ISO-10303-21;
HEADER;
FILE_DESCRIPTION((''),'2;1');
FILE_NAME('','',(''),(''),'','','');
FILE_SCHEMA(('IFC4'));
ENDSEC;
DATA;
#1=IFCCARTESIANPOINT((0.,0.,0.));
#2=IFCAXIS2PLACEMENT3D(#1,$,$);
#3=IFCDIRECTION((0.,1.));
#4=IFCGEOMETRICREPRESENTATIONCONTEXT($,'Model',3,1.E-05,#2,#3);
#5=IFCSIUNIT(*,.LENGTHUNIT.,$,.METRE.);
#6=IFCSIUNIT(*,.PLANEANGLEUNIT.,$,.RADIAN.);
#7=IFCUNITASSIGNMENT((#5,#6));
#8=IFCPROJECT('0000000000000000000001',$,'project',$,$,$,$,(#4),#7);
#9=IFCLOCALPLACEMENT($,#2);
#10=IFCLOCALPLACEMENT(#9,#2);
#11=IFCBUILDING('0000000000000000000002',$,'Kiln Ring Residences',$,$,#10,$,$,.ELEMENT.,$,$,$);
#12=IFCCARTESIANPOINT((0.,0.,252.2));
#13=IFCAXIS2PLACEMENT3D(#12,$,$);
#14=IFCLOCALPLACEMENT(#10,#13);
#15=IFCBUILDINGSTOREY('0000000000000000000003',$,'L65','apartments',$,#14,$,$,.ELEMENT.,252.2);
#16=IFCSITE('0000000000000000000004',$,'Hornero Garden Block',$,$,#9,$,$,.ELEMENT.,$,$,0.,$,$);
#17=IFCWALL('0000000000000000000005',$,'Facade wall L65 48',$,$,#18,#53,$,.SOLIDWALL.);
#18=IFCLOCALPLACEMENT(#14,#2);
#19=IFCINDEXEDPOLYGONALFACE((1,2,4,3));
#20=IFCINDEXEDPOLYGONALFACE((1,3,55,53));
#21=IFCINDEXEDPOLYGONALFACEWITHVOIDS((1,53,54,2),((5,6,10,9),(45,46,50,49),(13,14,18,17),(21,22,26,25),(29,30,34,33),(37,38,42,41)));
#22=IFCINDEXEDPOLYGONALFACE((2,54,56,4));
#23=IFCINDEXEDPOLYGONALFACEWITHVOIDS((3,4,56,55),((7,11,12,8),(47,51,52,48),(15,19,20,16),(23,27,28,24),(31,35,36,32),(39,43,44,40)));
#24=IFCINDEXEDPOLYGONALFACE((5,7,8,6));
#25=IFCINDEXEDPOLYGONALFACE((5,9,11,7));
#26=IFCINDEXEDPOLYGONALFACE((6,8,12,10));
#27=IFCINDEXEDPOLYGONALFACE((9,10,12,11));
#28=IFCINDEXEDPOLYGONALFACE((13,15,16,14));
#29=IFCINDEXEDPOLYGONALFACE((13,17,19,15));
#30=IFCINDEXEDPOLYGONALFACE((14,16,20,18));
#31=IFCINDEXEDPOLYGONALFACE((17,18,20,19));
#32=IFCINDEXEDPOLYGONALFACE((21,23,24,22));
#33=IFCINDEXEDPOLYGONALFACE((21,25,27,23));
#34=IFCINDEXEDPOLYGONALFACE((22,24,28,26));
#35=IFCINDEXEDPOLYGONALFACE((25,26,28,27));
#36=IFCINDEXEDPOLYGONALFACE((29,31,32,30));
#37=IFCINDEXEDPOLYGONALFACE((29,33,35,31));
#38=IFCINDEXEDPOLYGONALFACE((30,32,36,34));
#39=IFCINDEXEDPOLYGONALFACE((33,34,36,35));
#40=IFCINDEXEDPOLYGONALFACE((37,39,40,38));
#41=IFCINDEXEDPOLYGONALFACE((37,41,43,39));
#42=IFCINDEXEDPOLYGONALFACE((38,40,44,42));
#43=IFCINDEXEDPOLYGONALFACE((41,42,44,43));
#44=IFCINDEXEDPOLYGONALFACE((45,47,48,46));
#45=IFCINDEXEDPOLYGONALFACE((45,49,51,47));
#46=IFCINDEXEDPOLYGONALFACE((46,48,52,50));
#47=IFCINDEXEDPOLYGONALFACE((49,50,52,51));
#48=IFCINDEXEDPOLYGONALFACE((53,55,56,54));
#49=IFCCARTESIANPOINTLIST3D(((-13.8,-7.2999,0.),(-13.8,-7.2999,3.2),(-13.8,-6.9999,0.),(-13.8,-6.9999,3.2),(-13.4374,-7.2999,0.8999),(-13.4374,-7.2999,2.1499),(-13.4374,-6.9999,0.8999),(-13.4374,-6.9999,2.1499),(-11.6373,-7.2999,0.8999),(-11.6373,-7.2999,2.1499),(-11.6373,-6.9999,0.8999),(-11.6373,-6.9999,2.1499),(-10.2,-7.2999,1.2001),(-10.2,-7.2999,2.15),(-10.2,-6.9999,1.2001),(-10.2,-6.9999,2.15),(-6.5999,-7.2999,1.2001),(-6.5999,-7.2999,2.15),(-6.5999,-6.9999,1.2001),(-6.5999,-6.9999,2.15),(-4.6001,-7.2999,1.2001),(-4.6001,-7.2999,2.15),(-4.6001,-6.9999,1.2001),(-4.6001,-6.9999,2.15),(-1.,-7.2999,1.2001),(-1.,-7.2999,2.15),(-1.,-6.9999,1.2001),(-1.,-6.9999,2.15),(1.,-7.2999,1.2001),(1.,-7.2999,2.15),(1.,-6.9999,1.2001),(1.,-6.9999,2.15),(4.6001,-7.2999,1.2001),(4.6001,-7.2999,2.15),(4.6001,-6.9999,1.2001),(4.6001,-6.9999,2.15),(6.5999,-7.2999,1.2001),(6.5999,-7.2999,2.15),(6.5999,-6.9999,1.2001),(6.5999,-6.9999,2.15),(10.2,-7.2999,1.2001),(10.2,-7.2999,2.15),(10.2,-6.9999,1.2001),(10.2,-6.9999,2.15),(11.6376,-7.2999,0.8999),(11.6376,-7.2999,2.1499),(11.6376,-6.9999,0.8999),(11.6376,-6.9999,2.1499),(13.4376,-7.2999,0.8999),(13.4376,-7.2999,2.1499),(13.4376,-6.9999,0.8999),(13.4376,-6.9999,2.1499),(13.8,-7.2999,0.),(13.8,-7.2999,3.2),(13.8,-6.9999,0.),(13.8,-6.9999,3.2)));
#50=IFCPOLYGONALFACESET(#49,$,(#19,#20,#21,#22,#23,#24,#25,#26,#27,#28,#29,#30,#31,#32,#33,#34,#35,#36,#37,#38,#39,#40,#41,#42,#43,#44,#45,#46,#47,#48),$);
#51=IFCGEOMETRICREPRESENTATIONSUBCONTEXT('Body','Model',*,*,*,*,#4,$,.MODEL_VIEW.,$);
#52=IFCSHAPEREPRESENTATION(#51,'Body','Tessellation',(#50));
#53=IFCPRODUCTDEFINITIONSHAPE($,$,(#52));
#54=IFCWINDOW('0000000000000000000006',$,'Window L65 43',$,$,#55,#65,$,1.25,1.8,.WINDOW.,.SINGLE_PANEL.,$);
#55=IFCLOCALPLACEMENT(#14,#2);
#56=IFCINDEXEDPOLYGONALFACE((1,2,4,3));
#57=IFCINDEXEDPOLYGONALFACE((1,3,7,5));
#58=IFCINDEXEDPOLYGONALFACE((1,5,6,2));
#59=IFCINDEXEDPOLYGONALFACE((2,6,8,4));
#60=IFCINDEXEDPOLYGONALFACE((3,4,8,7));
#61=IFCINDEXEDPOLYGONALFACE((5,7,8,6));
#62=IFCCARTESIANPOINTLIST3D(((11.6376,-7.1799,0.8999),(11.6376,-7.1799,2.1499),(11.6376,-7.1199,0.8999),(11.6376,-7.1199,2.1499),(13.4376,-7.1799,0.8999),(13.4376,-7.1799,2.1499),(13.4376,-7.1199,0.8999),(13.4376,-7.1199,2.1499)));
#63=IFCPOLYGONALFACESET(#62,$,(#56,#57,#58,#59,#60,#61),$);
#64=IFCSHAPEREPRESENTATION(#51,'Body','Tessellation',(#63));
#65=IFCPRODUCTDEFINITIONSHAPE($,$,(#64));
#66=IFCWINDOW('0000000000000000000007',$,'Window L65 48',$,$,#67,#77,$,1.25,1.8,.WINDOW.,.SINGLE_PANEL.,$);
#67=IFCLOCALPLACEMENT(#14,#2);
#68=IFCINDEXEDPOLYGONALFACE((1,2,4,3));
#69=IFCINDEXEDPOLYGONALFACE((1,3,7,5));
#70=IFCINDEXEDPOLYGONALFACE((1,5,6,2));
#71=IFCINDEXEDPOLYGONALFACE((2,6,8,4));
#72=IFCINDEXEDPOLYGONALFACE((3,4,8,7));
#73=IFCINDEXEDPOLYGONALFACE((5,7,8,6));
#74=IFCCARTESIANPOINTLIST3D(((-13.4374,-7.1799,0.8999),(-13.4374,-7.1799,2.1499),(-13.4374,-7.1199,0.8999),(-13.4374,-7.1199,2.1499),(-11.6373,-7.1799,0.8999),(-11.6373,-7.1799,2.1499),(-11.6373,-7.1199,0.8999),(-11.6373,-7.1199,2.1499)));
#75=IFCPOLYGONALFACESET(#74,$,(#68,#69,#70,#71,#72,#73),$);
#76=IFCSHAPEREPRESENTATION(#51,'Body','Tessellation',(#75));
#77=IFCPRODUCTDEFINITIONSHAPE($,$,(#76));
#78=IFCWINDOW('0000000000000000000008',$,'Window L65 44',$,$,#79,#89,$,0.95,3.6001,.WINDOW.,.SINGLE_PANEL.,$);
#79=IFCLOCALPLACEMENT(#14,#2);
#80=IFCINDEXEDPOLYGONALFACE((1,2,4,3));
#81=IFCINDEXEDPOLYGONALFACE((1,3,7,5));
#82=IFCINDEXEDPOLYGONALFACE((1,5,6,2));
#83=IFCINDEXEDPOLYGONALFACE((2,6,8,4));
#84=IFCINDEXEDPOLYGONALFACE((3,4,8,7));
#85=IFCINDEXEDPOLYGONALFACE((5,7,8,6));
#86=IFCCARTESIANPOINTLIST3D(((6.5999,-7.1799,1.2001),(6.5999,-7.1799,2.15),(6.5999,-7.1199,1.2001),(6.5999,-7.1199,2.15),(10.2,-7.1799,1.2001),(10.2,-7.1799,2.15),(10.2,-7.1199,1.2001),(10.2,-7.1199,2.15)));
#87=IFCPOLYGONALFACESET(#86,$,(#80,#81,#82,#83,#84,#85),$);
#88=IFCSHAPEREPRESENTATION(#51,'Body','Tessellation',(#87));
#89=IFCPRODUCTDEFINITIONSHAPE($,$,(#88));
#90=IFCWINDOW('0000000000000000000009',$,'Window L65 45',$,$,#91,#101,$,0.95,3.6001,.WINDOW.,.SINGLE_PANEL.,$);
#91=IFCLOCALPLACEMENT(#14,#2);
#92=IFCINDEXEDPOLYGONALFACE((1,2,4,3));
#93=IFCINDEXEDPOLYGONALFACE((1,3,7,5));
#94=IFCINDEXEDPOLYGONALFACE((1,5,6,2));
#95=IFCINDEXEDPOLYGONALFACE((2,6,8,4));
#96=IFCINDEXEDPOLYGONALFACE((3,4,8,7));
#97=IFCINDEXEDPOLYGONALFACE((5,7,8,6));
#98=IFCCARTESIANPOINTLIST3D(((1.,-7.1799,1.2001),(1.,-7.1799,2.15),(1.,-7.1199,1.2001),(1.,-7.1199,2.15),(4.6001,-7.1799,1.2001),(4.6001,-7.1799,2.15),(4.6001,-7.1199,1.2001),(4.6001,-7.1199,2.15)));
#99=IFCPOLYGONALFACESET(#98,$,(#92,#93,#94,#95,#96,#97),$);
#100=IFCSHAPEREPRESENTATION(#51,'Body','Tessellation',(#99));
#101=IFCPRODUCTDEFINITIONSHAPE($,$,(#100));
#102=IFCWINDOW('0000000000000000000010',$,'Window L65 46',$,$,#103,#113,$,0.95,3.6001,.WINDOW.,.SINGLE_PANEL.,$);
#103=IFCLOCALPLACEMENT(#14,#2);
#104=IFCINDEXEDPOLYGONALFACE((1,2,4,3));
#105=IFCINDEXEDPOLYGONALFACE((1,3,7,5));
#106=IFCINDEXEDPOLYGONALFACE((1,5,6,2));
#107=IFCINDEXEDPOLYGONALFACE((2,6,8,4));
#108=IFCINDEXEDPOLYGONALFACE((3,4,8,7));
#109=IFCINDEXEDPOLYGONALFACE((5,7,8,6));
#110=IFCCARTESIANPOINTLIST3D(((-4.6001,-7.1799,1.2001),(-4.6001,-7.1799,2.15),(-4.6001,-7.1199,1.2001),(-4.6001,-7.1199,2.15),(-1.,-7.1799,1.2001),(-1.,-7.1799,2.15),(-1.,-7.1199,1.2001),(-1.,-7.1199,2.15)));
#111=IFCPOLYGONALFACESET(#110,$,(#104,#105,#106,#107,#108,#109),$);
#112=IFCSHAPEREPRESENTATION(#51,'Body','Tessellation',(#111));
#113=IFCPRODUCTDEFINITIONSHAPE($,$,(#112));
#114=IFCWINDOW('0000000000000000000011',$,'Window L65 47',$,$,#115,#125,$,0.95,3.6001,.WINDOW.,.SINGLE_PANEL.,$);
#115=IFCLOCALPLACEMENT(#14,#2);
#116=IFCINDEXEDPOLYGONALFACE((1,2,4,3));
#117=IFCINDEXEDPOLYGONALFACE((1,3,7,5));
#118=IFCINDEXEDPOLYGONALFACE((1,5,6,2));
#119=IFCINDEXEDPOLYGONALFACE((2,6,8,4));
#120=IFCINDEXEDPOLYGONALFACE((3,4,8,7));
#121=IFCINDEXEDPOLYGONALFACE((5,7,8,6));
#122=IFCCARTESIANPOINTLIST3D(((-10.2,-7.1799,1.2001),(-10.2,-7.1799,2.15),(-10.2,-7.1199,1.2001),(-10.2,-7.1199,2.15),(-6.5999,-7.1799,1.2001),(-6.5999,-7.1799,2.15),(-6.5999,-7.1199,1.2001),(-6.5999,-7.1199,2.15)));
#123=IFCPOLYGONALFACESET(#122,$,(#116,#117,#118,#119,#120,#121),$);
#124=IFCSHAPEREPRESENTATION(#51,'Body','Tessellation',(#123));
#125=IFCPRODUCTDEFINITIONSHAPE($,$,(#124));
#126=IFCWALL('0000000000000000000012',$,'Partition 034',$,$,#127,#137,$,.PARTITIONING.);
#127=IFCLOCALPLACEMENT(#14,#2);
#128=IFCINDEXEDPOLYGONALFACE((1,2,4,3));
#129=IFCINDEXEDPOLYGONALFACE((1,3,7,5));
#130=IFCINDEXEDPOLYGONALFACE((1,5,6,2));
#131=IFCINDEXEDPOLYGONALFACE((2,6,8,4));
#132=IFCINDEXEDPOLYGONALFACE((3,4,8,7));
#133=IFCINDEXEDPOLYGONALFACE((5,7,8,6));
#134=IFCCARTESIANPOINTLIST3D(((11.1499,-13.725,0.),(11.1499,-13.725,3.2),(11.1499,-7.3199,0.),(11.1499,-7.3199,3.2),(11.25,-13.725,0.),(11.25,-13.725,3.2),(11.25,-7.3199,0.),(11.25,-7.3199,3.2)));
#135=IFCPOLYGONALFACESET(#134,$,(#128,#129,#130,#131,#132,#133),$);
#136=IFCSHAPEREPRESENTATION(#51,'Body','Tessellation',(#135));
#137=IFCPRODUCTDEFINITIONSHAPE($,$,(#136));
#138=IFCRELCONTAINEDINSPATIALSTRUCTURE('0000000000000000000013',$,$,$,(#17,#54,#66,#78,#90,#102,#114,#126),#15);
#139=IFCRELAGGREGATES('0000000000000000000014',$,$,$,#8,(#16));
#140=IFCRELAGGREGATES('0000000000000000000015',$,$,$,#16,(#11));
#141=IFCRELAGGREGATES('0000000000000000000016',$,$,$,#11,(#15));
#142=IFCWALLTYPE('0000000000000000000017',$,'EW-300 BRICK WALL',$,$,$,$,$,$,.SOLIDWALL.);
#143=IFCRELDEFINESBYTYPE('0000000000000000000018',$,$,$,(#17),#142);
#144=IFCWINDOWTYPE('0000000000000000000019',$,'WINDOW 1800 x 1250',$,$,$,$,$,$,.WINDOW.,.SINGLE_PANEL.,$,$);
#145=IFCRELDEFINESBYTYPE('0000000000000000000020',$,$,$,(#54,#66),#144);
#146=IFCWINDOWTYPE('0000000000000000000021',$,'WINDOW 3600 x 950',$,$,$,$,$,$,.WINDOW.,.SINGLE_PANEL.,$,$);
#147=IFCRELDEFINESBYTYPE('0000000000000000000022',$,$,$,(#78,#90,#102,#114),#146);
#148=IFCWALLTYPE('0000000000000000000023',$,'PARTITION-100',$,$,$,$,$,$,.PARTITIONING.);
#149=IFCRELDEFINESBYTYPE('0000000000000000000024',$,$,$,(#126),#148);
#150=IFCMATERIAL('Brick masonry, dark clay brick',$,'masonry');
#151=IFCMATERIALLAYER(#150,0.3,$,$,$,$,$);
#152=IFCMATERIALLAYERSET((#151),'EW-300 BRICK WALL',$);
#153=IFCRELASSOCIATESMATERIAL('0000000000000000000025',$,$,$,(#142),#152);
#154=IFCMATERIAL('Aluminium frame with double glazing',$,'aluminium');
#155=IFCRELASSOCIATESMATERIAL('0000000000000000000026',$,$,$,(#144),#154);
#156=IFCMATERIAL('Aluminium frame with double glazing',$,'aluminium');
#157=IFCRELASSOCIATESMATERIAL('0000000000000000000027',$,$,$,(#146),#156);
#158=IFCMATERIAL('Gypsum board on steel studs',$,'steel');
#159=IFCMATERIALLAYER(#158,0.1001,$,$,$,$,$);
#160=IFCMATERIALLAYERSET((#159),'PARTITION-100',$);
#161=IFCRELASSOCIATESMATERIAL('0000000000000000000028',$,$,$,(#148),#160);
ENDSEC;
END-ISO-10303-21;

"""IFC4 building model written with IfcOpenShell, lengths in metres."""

from ifc_helpers import new_model, si_unit, direction, frame, frame_2d, origin, place, context, subcontext, project, spatial, rectangle, extrude, material, layer, layer_set, type_object, element, fill, save


model = new_model("IFC4")

# Units and contexts
model_context = context("Model", 3, precision=1e-05, world=origin(), true_north=direction((0.0, 1.0)))
body_context = subcontext(model_context, "Body", "Model", "MODEL_VIEW")
ifc_project = project(units=[si_unit("LENGTHUNIT", "METRE"), si_unit("PLANEANGLEUNIT", "RADIAN")], contexts=[model_context])

# Site, building, storey
site_placement = place(None, origin())
site = spatial("IfcSite", under=ifc_project, at=site_placement, Name="Hornero Garden Block", CompositionType="ELEMENT", RefElevation=0.0)
building_placement = place(site_placement, origin())
building = spatial("IfcBuilding", under=site, at=building_placement, Name="Kiln Ring Residences", CompositionType="ELEMENT")
storey_placement = place(building_placement, frame((0.0, 0.0, 252.2)))
storey = spatial("IfcBuildingStorey", under=building, at=storey_placement, Name="L65", Description="apartments", CompositionType="ELEMENT", Elevation=252.2)

# Wall, openings, windows
ifc_material_1 = material(Name="Brick masonry, dark clay brick", Category="masonry")
ifc_layer_1 = layer(ifc_material_1, 0.3)
ifc_layer_set_1 = layer_set([ifc_layer_1], Name="EW-300 BRICK WALL")
wall_type_1 = type_object("IfcWallType", Name="EW-300 BRICK WALL", PredefinedType="SOLIDWALL", material=ifc_layer_set_1)
wall_1_placement = place(storey_placement, frame((13.8, -7.1499, 0.0), z_axis=(0.0, 0.0, 1.0), x_axis=(-1.0, 0.0, 0.0)))
wall_1 = element("IfcWall", 1, at=wall_1_placement, inside=storey, type_object=wall_type_1, Name="Facade wall L65 48", PredefinedType="SOLIDWALL", context=body_context, shape_type="SweptSolid", body=[
    extrude(rectangle(XDim=27.6001, YDim=0.3, at=frame_2d((13.8, 0.0))), origin(), (0.0, 0.0, 1.0), 3.2),
])
opening_1_placement = place(wall_1_placement, frame((0.3625, 0.0, 0.8999)))
opening_1 = element("IfcOpeningElement", 2, at=opening_1_placement, cuts=wall_1, PredefinedType="OPENING", context=body_context, shape_type="SweptSolid", body=[
    extrude(rectangle(XDim=1.8, YDim=1.25, at=frame_2d((0.8999, 0.625))), frame((0.0, 0.1599, 0.0), z_axis=(0.0, -1.0, 0.0), x_axis=(1.0, 0.0, 0.0)), (0.0, 0.0, 1.0), 0.3201),
])
opening_2_placement = place(wall_1_placement, frame((3.6001, 0.0, 1.2)))
opening_2 = element("IfcOpeningElement", 3, at=opening_2_placement, cuts=wall_1, PredefinedType="OPENING", context=body_context, shape_type="SweptSolid", body=[
    extrude(rectangle(XDim=3.6001, YDim=0.95, at=frame_2d((1.8, 0.4751))), frame((0.0, 0.1599, 0.0), z_axis=(0.0, -1.0, 0.0), x_axis=(1.0, 0.0, 0.0)), (0.0, 0.0, 1.0), 0.3201),
])
opening_3_placement = place(wall_1_placement, frame((9.2, 0.0, 1.2)))
opening_3 = element("IfcOpeningElement", 4, at=opening_3_placement, cuts=wall_1, PredefinedType="OPENING", context=body_context, shape_type="SweptSolid", body=[
    extrude(rectangle(XDim=3.6001, YDim=0.95, at=frame_2d((1.8, 0.4751))), frame((0.0, 0.1599, 0.0), z_axis=(0.0, -1.0, 0.0), x_axis=(1.0, 0.0, 0.0)), (0.0, 0.0, 1.0), 0.3201),
])
opening_4_placement = place(wall_1_placement, frame((14.8, 0.0, 1.2)))
opening_4 = element("IfcOpeningElement", 5, at=opening_4_placement, cuts=wall_1, PredefinedType="OPENING", context=body_context, shape_type="SweptSolid", body=[
    extrude(rectangle(XDim=3.6001, YDim=0.95, at=frame_2d((1.8, 0.4751))), frame((0.0, 0.1599, 0.0), z_axis=(0.0, -1.0, 0.0), x_axis=(1.0, 0.0, 0.0)), (0.0, 0.0, 1.0), 0.3201),
])
opening_5_placement = place(wall_1_placement, frame((20.3999, 0.0, 1.2)))
opening_5 = element("IfcOpeningElement", 6, at=opening_5_placement, cuts=wall_1, PredefinedType="OPENING", context=body_context, shape_type="SweptSolid", body=[
    extrude(rectangle(XDim=3.6001, YDim=0.95, at=frame_2d((1.8, 0.4751))), frame((0.0, 0.1599, 0.0), z_axis=(0.0, -1.0, 0.0), x_axis=(1.0, 0.0, 0.0)), (0.0, 0.0, 1.0), 0.3201),
])
opening_6_placement = place(wall_1_placement, frame((25.4375, 0.0, 0.8999)))
opening_6 = element("IfcOpeningElement", 7, at=opening_6_placement, cuts=wall_1, PredefinedType="OPENING", context=body_context, shape_type="SweptSolid", body=[
    extrude(rectangle(XDim=1.8, YDim=1.25, at=frame_2d((0.8999, 0.625))), frame((0.0, 0.1599, 0.0), z_axis=(0.0, -1.0, 0.0), x_axis=(1.0, 0.0, 0.0)), (0.0, 0.0, 1.0), 0.3201),
])
ifc_material_2 = material(Name="Aluminium frame with double glazing", Category="aluminium")
window_type_1 = type_object("IfcWindowType", Name="WINDOW 1800 x 1250", PartitioningType="SINGLE_PANEL", PredefinedType="WINDOW", material=ifc_material_2)
window_1_placement = place(opening_1_placement, origin())
window_1 = element("IfcWindow", 8, at=window_1_placement, inside=storey, type_object=window_type_1, Name="Window L65 43", OverallHeight=1.25, OverallWidth=1.8, PartitioningType="SINGLE_PANEL", PredefinedType="WINDOW", context=body_context, shape_type="SweptSolid", body=[
    extrude(rectangle(XDim=1.8, YDim=1.25, at=frame_2d((0.8999, 0.625))), frame((0.0, 0.03, 0.0), z_axis=(0.0, -1.0, 0.0), x_axis=(1.0, 0.0, 0.0)), (0.0, 0.0, 1.0), 0.0601),
])
fill(opening_1, window_1)
window_2_placement = place(opening_6_placement, origin())
window_2 = element("IfcWindow", 9, at=window_2_placement, inside=storey, type_object=window_type_1, Name="Window L65 48", OverallHeight=1.25, OverallWidth=1.8, PartitioningType="SINGLE_PANEL", PredefinedType="WINDOW", context=body_context, shape_type="SweptSolid", body=[
    extrude(rectangle(XDim=1.8, YDim=1.25, at=frame_2d((0.8999, 0.625))), frame((0.0, 0.03, 0.0), z_axis=(0.0, -1.0, 0.0), x_axis=(1.0, 0.0, 0.0)), (0.0, 0.0, 1.0), 0.0601),
])
fill(opening_6, window_2)
ifc_material_3 = material(Name="Aluminium frame with double glazing", Category="aluminium")
window_type_2 = type_object("IfcWindowType", Name="WINDOW 3600 x 950", PartitioningType="SINGLE_PANEL", PredefinedType="WINDOW", material=ifc_material_3)
window_3_placement = place(opening_2_placement, origin())
window_3 = element("IfcWindow", 10, at=window_3_placement, inside=storey, type_object=window_type_2, Name="Window L65 44", OverallHeight=0.95, OverallWidth=3.6001, PartitioningType="SINGLE_PANEL", PredefinedType="WINDOW", context=body_context, shape_type="SweptSolid", body=[
    extrude(rectangle(XDim=3.6001, YDim=0.95, at=frame_2d((1.8, 0.4751))), frame((0.0, 0.03, 0.0), z_axis=(0.0, -1.0, 0.0), x_axis=(1.0, 0.0, 0.0)), (0.0, 0.0, 1.0), 0.0601),
])
fill(opening_2, window_3)
window_4_placement = place(opening_3_placement, origin())
window_4 = element("IfcWindow", 11, at=window_4_placement, inside=storey, type_object=window_type_2, Name="Window L65 45", OverallHeight=0.95, OverallWidth=3.6001, PartitioningType="SINGLE_PANEL", PredefinedType="WINDOW", context=body_context, shape_type="SweptSolid", body=[
    extrude(rectangle(XDim=3.6001, YDim=0.95, at=frame_2d((1.8, 0.4751))), frame((0.0, 0.03, 0.0), z_axis=(0.0, -1.0, 0.0), x_axis=(1.0, 0.0, 0.0)), (0.0, 0.0, 1.0), 0.0601),
])
fill(opening_3, window_4)
window_5_placement = place(opening_4_placement, origin())
window_5 = element("IfcWindow", 12, at=window_5_placement, inside=storey, type_object=window_type_2, Name="Window L65 46", OverallHeight=0.95, OverallWidth=3.6001, PartitioningType="SINGLE_PANEL", PredefinedType="WINDOW", context=body_context, shape_type="SweptSolid", body=[
    extrude(rectangle(XDim=3.6001, YDim=0.95, at=frame_2d((1.8, 0.4751))), frame((0.0, 0.03, 0.0), z_axis=(0.0, -1.0, 0.0), x_axis=(1.0, 0.0, 0.0)), (0.0, 0.0, 1.0), 0.0601),
])
fill(opening_4, window_5)
window_6_placement = place(opening_5_placement, origin())
window_6 = element("IfcWindow", 13, at=window_6_placement, inside=storey, type_object=window_type_2, Name="Window L65 47", OverallHeight=0.95, OverallWidth=3.6001, PartitioningType="SINGLE_PANEL", PredefinedType="WINDOW", context=body_context, shape_type="SweptSolid", body=[
    extrude(rectangle(XDim=3.6001, YDim=0.95, at=frame_2d((1.8, 0.4751))), frame((0.0, 0.03, 0.0), z_axis=(0.0, -1.0, 0.0), x_axis=(1.0, 0.0, 0.0)), (0.0, 0.0, 1.0), 0.0601),
])
fill(opening_5, window_6)

# Wall
ifc_material_4 = material(Name="Gypsum board on steel studs", Category="steel")
ifc_layer_2 = layer(ifc_material_4, 0.1001)
ifc_layer_set_2 = layer_set([ifc_layer_2], Name="PARTITION-100")
wall_type_2 = type_object("IfcWallType", Name="PARTITION-100", PredefinedType="PARTITIONING", material=ifc_layer_set_2)
wall_2_placement = place(storey_placement, frame((11.2, -13.7251, 0.0), z_axis=(0.0, 0.0, 1.0), x_axis=(0.0, 1.0, 0.0)))
element("IfcWall", 14, at=wall_2_placement, inside=storey, type_object=wall_type_2, Name="Partition 034", PredefinedType="PARTITIONING", context=body_context, shape_type="SweptSolid", body=[
    extrude(rectangle(XDim=6.405, YDim=0.1001, at=frame_2d((3.2026, 0.0))), origin(), (0.0, 0.0, 1.0), 3.2),
])

save(model, "model.ifc")
